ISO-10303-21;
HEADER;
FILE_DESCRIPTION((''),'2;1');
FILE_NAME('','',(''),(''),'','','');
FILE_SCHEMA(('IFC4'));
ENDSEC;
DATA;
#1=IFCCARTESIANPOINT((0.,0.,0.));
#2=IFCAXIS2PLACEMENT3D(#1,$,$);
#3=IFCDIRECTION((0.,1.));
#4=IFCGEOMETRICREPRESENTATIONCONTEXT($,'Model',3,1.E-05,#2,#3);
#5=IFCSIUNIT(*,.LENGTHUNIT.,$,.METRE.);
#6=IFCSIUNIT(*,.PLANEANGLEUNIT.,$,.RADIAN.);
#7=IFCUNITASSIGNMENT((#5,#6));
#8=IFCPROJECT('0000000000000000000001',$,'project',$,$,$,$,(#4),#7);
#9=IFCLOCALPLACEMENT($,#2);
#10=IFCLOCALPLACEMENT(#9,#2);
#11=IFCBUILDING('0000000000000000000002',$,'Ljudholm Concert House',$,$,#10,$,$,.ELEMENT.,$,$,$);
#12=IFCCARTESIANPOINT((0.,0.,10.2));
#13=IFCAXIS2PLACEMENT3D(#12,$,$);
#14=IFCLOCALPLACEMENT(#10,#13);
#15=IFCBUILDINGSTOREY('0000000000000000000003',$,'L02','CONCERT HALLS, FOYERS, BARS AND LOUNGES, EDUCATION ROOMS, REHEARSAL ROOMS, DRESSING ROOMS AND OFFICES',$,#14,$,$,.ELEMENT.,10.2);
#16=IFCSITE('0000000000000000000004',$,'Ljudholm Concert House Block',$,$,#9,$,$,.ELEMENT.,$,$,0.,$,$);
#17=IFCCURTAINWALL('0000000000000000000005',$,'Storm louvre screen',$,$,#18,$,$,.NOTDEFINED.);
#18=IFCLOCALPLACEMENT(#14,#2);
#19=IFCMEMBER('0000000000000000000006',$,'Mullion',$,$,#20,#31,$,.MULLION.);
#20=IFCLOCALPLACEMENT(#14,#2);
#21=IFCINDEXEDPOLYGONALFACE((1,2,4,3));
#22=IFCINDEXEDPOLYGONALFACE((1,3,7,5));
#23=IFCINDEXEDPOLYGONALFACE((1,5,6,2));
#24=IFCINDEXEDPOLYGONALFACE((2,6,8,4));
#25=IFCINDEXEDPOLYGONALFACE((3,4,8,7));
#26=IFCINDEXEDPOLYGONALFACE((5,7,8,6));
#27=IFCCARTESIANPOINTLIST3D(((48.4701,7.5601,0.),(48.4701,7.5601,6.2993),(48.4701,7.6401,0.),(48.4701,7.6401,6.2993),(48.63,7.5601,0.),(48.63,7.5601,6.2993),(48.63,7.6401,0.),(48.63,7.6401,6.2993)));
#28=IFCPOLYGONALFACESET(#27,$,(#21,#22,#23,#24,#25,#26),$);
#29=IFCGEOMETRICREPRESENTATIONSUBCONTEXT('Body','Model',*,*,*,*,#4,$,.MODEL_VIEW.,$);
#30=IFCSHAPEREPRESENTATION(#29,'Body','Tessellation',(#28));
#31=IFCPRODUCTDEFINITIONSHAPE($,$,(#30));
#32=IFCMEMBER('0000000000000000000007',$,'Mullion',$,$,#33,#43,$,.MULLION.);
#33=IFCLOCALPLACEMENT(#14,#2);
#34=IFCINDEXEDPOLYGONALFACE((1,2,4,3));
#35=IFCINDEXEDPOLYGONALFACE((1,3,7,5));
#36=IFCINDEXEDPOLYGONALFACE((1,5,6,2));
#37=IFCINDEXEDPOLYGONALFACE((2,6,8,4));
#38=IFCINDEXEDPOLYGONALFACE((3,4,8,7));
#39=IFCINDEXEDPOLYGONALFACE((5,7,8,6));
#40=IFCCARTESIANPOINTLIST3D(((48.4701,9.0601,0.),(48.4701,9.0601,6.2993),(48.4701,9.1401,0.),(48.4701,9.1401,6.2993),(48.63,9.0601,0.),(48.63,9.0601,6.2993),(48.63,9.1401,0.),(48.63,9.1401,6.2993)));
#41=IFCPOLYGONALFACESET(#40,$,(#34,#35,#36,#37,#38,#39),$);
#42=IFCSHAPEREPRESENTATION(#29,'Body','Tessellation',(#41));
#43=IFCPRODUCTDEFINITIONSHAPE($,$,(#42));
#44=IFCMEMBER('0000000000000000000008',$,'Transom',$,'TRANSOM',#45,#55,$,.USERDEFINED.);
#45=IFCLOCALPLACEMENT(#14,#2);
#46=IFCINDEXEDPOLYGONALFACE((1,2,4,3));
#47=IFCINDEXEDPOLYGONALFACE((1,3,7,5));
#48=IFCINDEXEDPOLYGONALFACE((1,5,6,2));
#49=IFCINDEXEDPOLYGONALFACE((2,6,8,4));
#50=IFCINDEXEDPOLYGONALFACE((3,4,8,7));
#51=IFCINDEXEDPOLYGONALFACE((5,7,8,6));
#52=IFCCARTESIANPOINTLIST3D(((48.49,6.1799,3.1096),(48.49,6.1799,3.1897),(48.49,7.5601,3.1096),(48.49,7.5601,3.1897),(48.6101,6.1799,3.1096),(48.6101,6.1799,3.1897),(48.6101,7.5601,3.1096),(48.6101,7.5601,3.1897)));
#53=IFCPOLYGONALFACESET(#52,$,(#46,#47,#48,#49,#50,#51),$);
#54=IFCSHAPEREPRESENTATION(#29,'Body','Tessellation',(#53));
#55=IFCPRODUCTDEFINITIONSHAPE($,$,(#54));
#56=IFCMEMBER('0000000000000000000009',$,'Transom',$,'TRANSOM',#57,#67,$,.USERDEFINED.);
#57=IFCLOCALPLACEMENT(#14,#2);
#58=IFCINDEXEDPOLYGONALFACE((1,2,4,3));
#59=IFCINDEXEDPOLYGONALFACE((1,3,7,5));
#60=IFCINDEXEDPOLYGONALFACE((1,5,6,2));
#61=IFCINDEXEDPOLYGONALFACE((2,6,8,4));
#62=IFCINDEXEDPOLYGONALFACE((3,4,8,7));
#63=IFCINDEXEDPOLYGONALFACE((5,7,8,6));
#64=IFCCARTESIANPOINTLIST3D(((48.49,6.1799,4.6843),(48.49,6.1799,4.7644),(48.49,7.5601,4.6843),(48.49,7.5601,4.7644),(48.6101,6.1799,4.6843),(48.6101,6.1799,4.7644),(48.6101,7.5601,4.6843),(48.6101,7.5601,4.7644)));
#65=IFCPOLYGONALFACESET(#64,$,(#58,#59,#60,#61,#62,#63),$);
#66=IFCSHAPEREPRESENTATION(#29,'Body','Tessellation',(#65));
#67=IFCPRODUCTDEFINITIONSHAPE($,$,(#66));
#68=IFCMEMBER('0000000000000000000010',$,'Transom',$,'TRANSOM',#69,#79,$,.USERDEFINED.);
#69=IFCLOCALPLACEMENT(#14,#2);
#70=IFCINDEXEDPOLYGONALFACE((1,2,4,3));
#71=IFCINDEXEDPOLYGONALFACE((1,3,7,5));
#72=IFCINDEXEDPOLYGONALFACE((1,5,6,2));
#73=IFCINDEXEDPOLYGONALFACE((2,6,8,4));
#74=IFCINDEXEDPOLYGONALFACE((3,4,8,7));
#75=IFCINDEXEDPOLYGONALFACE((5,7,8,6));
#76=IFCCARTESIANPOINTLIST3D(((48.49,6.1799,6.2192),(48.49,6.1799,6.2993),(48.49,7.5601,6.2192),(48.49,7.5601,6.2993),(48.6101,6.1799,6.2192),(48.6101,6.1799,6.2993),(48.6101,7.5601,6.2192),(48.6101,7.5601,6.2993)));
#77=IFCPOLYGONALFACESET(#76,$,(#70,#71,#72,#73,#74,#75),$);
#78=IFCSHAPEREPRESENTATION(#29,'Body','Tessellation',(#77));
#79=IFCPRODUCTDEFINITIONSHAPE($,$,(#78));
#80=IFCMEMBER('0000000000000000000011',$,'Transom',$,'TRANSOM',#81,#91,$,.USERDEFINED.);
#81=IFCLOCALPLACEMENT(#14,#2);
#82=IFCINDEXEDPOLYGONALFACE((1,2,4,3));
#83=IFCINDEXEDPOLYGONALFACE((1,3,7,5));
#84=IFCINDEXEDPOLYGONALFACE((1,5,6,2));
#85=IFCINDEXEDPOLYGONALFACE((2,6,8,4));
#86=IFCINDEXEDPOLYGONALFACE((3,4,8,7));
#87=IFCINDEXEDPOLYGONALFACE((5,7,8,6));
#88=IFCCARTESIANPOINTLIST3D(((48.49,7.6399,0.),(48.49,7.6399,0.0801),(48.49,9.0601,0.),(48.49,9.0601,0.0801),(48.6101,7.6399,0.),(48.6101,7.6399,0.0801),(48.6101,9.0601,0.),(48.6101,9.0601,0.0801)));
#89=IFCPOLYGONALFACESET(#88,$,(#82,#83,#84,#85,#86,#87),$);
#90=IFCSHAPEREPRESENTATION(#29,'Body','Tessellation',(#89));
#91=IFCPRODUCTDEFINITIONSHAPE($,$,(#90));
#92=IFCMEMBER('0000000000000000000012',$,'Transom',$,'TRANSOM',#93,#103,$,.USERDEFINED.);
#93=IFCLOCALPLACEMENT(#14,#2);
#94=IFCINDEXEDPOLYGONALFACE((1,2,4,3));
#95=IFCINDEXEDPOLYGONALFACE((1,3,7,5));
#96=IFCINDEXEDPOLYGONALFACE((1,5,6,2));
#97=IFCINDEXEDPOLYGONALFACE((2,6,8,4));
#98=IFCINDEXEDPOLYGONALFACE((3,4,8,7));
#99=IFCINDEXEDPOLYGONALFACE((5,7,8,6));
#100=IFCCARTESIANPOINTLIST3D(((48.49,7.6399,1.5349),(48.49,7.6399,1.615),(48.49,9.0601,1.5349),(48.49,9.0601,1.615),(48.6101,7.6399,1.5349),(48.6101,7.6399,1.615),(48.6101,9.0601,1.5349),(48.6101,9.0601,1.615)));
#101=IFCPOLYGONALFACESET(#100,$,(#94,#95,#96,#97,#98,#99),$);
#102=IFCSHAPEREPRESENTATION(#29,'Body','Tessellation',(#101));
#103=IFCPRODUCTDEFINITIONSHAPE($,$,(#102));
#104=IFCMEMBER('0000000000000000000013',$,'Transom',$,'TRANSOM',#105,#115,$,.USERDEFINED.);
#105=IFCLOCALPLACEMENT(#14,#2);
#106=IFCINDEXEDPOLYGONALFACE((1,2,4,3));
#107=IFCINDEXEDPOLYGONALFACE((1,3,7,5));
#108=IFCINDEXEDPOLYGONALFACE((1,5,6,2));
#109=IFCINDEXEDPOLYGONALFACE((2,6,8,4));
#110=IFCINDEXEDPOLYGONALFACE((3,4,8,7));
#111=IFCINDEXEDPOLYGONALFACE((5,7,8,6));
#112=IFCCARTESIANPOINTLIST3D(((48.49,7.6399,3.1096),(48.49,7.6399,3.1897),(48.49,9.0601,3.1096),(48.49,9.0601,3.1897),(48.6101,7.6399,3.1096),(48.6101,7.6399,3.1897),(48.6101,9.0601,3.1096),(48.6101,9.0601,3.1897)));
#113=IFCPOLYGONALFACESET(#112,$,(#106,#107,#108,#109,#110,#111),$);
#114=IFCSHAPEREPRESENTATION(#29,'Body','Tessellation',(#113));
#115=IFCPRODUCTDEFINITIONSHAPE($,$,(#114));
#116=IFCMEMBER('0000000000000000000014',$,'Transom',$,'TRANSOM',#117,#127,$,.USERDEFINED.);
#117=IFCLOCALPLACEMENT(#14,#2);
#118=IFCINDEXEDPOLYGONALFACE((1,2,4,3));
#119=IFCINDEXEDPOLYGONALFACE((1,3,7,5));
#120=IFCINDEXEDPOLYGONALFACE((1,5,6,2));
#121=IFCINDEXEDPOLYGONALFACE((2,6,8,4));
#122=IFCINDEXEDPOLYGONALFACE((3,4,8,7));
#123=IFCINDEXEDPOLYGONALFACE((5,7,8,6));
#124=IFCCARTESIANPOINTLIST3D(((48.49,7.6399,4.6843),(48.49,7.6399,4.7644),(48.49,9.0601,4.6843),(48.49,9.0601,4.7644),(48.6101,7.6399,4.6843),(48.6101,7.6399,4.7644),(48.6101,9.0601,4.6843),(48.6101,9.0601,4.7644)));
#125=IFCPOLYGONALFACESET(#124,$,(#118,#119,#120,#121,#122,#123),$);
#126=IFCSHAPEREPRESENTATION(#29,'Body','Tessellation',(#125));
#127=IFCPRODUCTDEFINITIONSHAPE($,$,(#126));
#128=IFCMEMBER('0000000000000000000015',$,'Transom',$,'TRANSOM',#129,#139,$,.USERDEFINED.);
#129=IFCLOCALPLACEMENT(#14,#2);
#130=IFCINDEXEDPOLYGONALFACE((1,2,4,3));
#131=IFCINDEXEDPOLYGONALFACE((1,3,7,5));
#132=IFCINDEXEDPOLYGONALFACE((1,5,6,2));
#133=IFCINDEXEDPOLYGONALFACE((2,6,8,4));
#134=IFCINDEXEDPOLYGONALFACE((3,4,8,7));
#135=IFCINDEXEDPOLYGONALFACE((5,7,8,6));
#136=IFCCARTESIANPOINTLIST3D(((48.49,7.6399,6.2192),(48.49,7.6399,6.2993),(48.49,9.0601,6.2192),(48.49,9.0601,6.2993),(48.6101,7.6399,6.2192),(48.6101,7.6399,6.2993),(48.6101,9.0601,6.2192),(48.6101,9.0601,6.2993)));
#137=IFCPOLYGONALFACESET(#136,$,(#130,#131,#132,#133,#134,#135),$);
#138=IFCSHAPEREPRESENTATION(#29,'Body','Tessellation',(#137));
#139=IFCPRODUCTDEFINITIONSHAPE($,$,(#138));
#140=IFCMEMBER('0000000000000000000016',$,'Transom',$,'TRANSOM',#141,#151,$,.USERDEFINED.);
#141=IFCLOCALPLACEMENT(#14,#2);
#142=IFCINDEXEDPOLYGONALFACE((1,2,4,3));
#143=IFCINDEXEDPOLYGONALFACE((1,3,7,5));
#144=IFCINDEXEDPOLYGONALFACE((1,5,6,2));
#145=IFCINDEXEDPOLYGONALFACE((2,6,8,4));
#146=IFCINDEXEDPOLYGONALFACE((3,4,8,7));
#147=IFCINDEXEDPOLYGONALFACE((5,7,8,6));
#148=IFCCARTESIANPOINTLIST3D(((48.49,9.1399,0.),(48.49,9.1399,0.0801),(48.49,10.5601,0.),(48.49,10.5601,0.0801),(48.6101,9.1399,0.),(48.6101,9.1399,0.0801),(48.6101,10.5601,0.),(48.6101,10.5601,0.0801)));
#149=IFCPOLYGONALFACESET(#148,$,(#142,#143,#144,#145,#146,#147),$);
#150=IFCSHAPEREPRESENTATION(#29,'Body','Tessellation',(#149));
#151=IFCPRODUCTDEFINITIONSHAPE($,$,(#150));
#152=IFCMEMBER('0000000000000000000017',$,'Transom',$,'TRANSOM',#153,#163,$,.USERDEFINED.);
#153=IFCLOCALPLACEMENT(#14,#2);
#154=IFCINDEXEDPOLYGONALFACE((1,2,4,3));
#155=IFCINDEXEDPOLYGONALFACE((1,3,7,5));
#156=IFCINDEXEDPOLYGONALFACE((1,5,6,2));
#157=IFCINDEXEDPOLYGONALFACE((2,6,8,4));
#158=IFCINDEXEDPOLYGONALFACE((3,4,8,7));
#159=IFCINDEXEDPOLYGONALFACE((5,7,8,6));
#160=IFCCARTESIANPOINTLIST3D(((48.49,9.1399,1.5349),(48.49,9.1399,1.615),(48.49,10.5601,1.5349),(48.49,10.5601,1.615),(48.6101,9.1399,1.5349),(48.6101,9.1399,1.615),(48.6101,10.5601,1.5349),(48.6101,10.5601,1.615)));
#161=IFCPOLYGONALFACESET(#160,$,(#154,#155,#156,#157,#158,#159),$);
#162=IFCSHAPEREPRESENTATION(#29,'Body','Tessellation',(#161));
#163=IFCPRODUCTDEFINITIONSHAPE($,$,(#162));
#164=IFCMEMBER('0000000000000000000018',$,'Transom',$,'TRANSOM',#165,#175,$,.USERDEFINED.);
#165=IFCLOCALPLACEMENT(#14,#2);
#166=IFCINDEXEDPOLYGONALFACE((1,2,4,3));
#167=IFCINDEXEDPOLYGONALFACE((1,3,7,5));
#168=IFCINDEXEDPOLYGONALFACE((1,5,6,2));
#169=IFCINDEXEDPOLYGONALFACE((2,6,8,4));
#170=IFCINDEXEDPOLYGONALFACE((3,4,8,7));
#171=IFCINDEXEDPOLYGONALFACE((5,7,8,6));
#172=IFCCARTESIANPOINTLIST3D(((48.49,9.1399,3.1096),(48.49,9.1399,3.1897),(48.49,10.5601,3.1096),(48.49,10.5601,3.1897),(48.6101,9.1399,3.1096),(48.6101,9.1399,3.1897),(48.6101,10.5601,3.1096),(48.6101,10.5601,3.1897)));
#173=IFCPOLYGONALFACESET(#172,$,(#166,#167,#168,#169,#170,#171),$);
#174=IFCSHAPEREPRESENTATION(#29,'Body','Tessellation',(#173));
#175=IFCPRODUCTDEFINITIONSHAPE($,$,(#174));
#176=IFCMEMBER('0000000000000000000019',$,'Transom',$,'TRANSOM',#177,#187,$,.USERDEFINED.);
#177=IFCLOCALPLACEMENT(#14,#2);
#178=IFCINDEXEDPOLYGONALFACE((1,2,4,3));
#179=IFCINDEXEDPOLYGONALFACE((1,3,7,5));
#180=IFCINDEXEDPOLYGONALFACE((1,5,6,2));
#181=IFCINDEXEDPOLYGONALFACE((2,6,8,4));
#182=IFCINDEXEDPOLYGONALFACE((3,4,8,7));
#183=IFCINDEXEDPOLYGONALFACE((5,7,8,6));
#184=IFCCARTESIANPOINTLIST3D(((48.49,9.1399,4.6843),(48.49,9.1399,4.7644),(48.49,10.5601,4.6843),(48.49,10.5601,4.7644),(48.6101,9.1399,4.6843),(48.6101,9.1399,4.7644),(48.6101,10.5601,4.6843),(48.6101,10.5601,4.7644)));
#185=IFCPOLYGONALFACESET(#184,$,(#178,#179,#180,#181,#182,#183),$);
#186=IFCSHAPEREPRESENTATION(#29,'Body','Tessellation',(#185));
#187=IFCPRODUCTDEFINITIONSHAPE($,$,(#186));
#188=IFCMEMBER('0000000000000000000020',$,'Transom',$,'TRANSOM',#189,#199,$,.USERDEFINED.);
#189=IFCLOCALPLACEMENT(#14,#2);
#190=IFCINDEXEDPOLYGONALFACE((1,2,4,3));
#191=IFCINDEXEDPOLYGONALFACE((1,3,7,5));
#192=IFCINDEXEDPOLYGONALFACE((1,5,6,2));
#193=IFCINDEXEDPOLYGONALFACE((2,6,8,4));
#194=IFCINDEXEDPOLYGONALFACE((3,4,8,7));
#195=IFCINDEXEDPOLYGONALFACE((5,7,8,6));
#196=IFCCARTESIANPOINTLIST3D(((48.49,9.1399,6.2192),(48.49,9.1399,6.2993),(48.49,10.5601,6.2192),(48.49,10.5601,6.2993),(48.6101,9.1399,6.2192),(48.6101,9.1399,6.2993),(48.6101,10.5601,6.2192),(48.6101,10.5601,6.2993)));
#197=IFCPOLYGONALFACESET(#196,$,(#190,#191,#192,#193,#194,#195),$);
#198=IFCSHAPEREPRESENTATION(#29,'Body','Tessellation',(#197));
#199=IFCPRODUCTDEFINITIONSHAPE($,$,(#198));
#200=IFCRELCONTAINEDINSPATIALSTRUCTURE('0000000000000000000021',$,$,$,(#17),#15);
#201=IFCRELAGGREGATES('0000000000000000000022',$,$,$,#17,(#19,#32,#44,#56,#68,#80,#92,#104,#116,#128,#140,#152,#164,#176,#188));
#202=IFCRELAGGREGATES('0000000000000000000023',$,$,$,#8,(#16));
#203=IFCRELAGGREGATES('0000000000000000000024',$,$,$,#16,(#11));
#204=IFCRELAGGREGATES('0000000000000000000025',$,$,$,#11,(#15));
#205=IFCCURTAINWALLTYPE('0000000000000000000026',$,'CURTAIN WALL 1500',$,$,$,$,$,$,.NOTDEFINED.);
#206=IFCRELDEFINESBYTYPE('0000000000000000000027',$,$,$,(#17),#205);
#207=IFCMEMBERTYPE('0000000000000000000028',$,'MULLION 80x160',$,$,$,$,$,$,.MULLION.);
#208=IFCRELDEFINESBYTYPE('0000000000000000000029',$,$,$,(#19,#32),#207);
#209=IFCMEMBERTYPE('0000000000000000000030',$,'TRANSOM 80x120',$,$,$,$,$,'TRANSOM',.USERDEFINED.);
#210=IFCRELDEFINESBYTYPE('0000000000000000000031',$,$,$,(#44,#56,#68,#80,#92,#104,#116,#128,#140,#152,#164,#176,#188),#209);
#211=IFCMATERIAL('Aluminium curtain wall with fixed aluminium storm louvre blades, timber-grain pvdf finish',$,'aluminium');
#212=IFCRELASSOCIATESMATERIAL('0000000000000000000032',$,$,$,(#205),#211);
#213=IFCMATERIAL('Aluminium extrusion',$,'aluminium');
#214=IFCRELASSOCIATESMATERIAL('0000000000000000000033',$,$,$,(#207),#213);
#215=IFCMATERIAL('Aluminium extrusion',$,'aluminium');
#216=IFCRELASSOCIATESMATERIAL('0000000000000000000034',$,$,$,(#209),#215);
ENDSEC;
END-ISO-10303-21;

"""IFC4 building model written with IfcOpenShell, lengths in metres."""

from ifc_helpers import new_model, si_unit, direction, frame, origin, origin_2d, place, context, subcontext, project, spatial, rectangle, extrude, material, material_profile, profile_set, type_object, element, aggregate, save


model = new_model("IFC4")

# Units and contexts
model_context = context("Model", 3, precision=1e-05, world=origin(), true_north=direction((0.0, 1.0)))
body_context = subcontext(model_context, "Body", "Model", "MODEL_VIEW")
ifc_project = project(units=[si_unit("LENGTHUNIT", "METRE"), si_unit("PLANEANGLEUNIT", "RADIAN")], contexts=[model_context])

# Site, building, storey
site_placement = place(None, origin())
site = spatial("IfcSite", under=ifc_project, at=site_placement, Name="Ljudholm Concert House Block", CompositionType="ELEMENT", RefElevation=0.0)
building_placement = place(site_placement, origin())
building = spatial("IfcBuilding", under=site, at=building_placement, Name="Ljudholm Concert House", CompositionType="ELEMENT")
storey_placement = place(building_placement, frame((0.0, 0.0, 10.2)))
storey = spatial("IfcBuildingStorey", under=building, at=storey_placement, Name="L02", Description="CONCERT HALLS, FOYERS, BARS AND LOUNGES, EDUCATION ROOMS, REHEARSAL ROOMS, DRESSING ROOMS AND OFFICES", CompositionType="ELEMENT", Elevation=10.2)

# Curtain wall, members
ifc_material_1 = material(Name="Aluminium curtain wall with fixed aluminium storm louvre blades, timber-grain pvdf finish", Category="aluminium")
curtain_wall_type = type_object("IfcCurtainWallType", Name="CURTAIN WALL 1500", PredefinedType="NOTDEFINED", material=ifc_material_1)
curtain_wall_placement = place(storey_placement, origin())
curtain_wall = element("IfcCurtainWall", 1, at=curtain_wall_placement, inside=storey, type_object=curtain_wall_type, Name="Storm louvre screen", PredefinedType="NOTDEFINED")
ifc_material_2 = material(Name="Aluminium extrusion", Category="aluminium")
ifc_material_profile_1 = material_profile(ifc_material_2, rectangle(XDim=0.1599, YDim=0.0801, at=origin_2d()), Name="MULLION 80x160")
ifc_profile_set_1 = profile_set([ifc_material_profile_1], Name="Aluminium extrusion")
member_type_1 = type_object("IfcMemberType", Name="MULLION 80x160", PredefinedType="MULLION", material=ifc_profile_set_1)
member_1_placement = place(storey_placement, frame((48.55, 7.6001, 0.0), z_axis=(0.0, 0.0, 1.0), x_axis=(-1.0, 0.0, 0.0)))
member_1 = element("IfcMember", 2, at=member_1_placement, type_object=member_type_1, Name="Mullion", PredefinedType="MULLION", context=body_context, shape_type="SweptSolid", body=[
    extrude(rectangle(XDim=0.1599, YDim=0.0801, at=origin_2d()), origin(), (0.0, 0.0, 1.0), 6.2993),
])
member_2_placement = place(storey_placement, frame((48.55, 9.1001, 0.0), z_axis=(0.0, 0.0, 1.0), x_axis=(-1.0, 0.0, 0.0)))
member_2 = element("IfcMember", 3, at=member_2_placement, type_object=member_type_1, Name="Mullion", PredefinedType="MULLION", context=body_context, shape_type="SweptSolid", body=[
    extrude(rectangle(XDim=0.1599, YDim=0.0801, at=origin_2d()), origin(), (0.0, 0.0, 1.0), 6.2993),
])
ifc_material_3 = material(Name="Aluminium extrusion", Category="aluminium")
ifc_material_profile_2 = material_profile(ifc_material_3, rectangle(XDim=0.1201, YDim=0.0801, at=origin_2d()), Name="TRANSOM 80x120")
ifc_profile_set_2 = profile_set([ifc_material_profile_2], Name="Aluminium extrusion")
member_type_2 = type_object("IfcMemberType", Name="TRANSOM 80x120", ElementType="TRANSOM", PredefinedType="USERDEFINED", material=ifc_profile_set_2)
member_3_placement = place(storey_placement, frame((48.55, 6.1799, 3.1497), z_axis=(0.0, 1.0, 0.0), x_axis=(-1.0, 0.0, 0.0)))
member_3 = element("IfcMember", 4, at=member_3_placement, type_object=member_type_2, Name="Transom", ObjectType="TRANSOM", PredefinedType="USERDEFINED", context=body_context, shape_type="SweptSolid", body=[
    extrude(rectangle(XDim=0.1201, YDim=0.0801, at=origin_2d()), origin(), (0.0, 0.0, 1.0), 1.3801),
])
member_4_placement = place(storey_placement, frame((48.55, 6.1799, 4.7244), z_axis=(0.0, 1.0, 0.0), x_axis=(-1.0, 0.0, 0.0)))
member_4 = element("IfcMember", 5, at=member_4_placement, type_object=member_type_2, Name="Transom", ObjectType="TRANSOM", PredefinedType="USERDEFINED", context=body_context, shape_type="SweptSolid", body=[
    extrude(rectangle(XDim=0.1201, YDim=0.0801, at=origin_2d()), origin(), (0.0, 0.0, 1.0), 1.3801),
])
member_5_placement = place(storey_placement, frame((48.55, 6.1799, 6.2593), z_axis=(0.0, 1.0, 0.0), x_axis=(-1.0, 0.0, 0.0)))
member_5 = element("IfcMember", 6, at=member_5_placement, type_object=member_type_2, Name="Transom", ObjectType="TRANSOM", PredefinedType="USERDEFINED", context=body_context, shape_type="SweptSolid", body=[
    extrude(rectangle(XDim=0.1201, YDim=0.0801, at=origin_2d()), origin(), (0.0, 0.0, 1.0), 1.3801),
])
member_6_placement = place(storey_placement, frame((48.55, 7.6399, 0.04), z_axis=(0.0, 1.0, 0.0), x_axis=(-1.0, 0.0, 0.0)))
member_6 = element("IfcMember", 7, at=member_6_placement, type_object=member_type_2, Name="Transom", ObjectType="TRANSOM", PredefinedType="USERDEFINED", context=body_context, shape_type="SweptSolid", body=[
    extrude(rectangle(XDim=0.1201, YDim=0.0801, at=origin_2d()), origin(), (0.0, 0.0, 1.0), 1.4202),
])
member_7_placement = place(storey_placement, frame((48.55, 7.6399, 1.575), z_axis=(0.0, 1.0, 0.0), x_axis=(-1.0, 0.0, 0.0)))
member_7 = element("IfcMember", 8, at=member_7_placement, type_object=member_type_2, Name="Transom", ObjectType="TRANSOM", PredefinedType="USERDEFINED", context=body_context, shape_type="SweptSolid", body=[
    extrude(rectangle(XDim=0.1201, YDim=0.0801, at=origin_2d()), origin(), (0.0, 0.0, 1.0), 1.4202),
])
member_8_placement = place(storey_placement, frame((48.55, 7.6399, 3.1497), z_axis=(0.0, 1.0, 0.0), x_axis=(-1.0, 0.0, 0.0)))
member_8 = element("IfcMember", 9, at=member_8_placement, type_object=member_type_2, Name="Transom", ObjectType="TRANSOM", PredefinedType="USERDEFINED", context=body_context, shape_type="SweptSolid", body=[
    extrude(rectangle(XDim=0.1201, YDim=0.0801, at=origin_2d()), origin(), (0.0, 0.0, 1.0), 1.4202),
])
member_9_placement = place(storey_placement, frame((48.55, 7.6399, 4.7244), z_axis=(0.0, 1.0, 0.0), x_axis=(-1.0, 0.0, 0.0)))
member_9 = element("IfcMember", 10, at=member_9_placement, type_object=member_type_2, Name="Transom", ObjectType="TRANSOM", PredefinedType="USERDEFINED", context=body_context, shape_type="SweptSolid", body=[
    extrude(rectangle(XDim=0.1201, YDim=0.0801, at=origin_2d()), origin(), (0.0, 0.0, 1.0), 1.4202),
])
member_10_placement = place(storey_placement, frame((48.55, 7.6399, 6.2593), z_axis=(0.0, 1.0, 0.0), x_axis=(-1.0, 0.0, 0.0)))
member_10 = element("IfcMember", 11, at=member_10_placement, type_object=member_type_2, Name="Transom", ObjectType="TRANSOM", PredefinedType="USERDEFINED", context=body_context, shape_type="SweptSolid", body=[
    extrude(rectangle(XDim=0.1201, YDim=0.0801, at=origin_2d()), origin(), (0.0, 0.0, 1.0), 1.4202),
])
member_11_placement = place(storey_placement, frame((48.55, 9.1399, 0.04), z_axis=(0.0, 1.0, 0.0), x_axis=(-1.0, 0.0, 0.0)))
member_11 = element("IfcMember", 12, at=member_11_placement, type_object=member_type_2, Name="Transom", ObjectType="TRANSOM", PredefinedType="USERDEFINED", context=body_context, shape_type="SweptSolid", body=[
    extrude(rectangle(XDim=0.1201, YDim=0.0801, at=origin_2d()), origin(), (0.0, 0.0, 1.0), 1.4202),
])
member_12_placement = place(storey_placement, frame((48.55, 9.1399, 1.575), z_axis=(0.0, 1.0, 0.0), x_axis=(-1.0, 0.0, 0.0)))
member_12 = element("IfcMember", 13, at=member_12_placement, type_object=member_type_2, Name="Transom", ObjectType="TRANSOM", PredefinedType="USERDEFINED", context=body_context, shape_type="SweptSolid", body=[
    extrude(rectangle(XDim=0.1201, YDim=0.0801, at=origin_2d()), origin(), (0.0, 0.0, 1.0), 1.4202),
])
member_13_placement = place(storey_placement, frame((48.55, 9.1399, 3.1497), z_axis=(0.0, 1.0, 0.0), x_axis=(-1.0, 0.0, 0.0)))
member_13 = element("IfcMember", 14, at=member_13_placement, type_object=member_type_2, Name="Transom", ObjectType="TRANSOM", PredefinedType="USERDEFINED", context=body_context, shape_type="SweptSolid", body=[
    extrude(rectangle(XDim=0.1201, YDim=0.0801, at=origin_2d()), origin(), (0.0, 0.0, 1.0), 1.4202),
])
member_14_placement = place(storey_placement, frame((48.55, 9.1399, 4.7244), z_axis=(0.0, 1.0, 0.0), x_axis=(-1.0, 0.0, 0.0)))
member_14 = element("IfcMember", 15, at=member_14_placement, type_object=member_type_2, Name="Transom", ObjectType="TRANSOM", PredefinedType="USERDEFINED", context=body_context, shape_type="SweptSolid", body=[
    extrude(rectangle(XDim=0.1201, YDim=0.0801, at=origin_2d()), origin(), (0.0, 0.0, 1.0), 1.4202),
])
member_15_placement = place(storey_placement, frame((48.55, 9.1399, 6.2593), z_axis=(0.0, 1.0, 0.0), x_axis=(-1.0, 0.0, 0.0)))
member_15 = element("IfcMember", 16, at=member_15_placement, type_object=member_type_2, Name="Transom", ObjectType="TRANSOM", PredefinedType="USERDEFINED", context=body_context, shape_type="SweptSolid", body=[
    extrude(rectangle(XDim=0.1201, YDim=0.0801, at=origin_2d()), origin(), (0.0, 0.0, 1.0), 1.4202),
])
aggregate(curtain_wall, [member_1, member_2, member_3, member_4, member_5, member_6, member_7, member_8, member_9, member_10, member_11, member_12, member_13, member_14, member_15])

save(model, "model.ifc")
